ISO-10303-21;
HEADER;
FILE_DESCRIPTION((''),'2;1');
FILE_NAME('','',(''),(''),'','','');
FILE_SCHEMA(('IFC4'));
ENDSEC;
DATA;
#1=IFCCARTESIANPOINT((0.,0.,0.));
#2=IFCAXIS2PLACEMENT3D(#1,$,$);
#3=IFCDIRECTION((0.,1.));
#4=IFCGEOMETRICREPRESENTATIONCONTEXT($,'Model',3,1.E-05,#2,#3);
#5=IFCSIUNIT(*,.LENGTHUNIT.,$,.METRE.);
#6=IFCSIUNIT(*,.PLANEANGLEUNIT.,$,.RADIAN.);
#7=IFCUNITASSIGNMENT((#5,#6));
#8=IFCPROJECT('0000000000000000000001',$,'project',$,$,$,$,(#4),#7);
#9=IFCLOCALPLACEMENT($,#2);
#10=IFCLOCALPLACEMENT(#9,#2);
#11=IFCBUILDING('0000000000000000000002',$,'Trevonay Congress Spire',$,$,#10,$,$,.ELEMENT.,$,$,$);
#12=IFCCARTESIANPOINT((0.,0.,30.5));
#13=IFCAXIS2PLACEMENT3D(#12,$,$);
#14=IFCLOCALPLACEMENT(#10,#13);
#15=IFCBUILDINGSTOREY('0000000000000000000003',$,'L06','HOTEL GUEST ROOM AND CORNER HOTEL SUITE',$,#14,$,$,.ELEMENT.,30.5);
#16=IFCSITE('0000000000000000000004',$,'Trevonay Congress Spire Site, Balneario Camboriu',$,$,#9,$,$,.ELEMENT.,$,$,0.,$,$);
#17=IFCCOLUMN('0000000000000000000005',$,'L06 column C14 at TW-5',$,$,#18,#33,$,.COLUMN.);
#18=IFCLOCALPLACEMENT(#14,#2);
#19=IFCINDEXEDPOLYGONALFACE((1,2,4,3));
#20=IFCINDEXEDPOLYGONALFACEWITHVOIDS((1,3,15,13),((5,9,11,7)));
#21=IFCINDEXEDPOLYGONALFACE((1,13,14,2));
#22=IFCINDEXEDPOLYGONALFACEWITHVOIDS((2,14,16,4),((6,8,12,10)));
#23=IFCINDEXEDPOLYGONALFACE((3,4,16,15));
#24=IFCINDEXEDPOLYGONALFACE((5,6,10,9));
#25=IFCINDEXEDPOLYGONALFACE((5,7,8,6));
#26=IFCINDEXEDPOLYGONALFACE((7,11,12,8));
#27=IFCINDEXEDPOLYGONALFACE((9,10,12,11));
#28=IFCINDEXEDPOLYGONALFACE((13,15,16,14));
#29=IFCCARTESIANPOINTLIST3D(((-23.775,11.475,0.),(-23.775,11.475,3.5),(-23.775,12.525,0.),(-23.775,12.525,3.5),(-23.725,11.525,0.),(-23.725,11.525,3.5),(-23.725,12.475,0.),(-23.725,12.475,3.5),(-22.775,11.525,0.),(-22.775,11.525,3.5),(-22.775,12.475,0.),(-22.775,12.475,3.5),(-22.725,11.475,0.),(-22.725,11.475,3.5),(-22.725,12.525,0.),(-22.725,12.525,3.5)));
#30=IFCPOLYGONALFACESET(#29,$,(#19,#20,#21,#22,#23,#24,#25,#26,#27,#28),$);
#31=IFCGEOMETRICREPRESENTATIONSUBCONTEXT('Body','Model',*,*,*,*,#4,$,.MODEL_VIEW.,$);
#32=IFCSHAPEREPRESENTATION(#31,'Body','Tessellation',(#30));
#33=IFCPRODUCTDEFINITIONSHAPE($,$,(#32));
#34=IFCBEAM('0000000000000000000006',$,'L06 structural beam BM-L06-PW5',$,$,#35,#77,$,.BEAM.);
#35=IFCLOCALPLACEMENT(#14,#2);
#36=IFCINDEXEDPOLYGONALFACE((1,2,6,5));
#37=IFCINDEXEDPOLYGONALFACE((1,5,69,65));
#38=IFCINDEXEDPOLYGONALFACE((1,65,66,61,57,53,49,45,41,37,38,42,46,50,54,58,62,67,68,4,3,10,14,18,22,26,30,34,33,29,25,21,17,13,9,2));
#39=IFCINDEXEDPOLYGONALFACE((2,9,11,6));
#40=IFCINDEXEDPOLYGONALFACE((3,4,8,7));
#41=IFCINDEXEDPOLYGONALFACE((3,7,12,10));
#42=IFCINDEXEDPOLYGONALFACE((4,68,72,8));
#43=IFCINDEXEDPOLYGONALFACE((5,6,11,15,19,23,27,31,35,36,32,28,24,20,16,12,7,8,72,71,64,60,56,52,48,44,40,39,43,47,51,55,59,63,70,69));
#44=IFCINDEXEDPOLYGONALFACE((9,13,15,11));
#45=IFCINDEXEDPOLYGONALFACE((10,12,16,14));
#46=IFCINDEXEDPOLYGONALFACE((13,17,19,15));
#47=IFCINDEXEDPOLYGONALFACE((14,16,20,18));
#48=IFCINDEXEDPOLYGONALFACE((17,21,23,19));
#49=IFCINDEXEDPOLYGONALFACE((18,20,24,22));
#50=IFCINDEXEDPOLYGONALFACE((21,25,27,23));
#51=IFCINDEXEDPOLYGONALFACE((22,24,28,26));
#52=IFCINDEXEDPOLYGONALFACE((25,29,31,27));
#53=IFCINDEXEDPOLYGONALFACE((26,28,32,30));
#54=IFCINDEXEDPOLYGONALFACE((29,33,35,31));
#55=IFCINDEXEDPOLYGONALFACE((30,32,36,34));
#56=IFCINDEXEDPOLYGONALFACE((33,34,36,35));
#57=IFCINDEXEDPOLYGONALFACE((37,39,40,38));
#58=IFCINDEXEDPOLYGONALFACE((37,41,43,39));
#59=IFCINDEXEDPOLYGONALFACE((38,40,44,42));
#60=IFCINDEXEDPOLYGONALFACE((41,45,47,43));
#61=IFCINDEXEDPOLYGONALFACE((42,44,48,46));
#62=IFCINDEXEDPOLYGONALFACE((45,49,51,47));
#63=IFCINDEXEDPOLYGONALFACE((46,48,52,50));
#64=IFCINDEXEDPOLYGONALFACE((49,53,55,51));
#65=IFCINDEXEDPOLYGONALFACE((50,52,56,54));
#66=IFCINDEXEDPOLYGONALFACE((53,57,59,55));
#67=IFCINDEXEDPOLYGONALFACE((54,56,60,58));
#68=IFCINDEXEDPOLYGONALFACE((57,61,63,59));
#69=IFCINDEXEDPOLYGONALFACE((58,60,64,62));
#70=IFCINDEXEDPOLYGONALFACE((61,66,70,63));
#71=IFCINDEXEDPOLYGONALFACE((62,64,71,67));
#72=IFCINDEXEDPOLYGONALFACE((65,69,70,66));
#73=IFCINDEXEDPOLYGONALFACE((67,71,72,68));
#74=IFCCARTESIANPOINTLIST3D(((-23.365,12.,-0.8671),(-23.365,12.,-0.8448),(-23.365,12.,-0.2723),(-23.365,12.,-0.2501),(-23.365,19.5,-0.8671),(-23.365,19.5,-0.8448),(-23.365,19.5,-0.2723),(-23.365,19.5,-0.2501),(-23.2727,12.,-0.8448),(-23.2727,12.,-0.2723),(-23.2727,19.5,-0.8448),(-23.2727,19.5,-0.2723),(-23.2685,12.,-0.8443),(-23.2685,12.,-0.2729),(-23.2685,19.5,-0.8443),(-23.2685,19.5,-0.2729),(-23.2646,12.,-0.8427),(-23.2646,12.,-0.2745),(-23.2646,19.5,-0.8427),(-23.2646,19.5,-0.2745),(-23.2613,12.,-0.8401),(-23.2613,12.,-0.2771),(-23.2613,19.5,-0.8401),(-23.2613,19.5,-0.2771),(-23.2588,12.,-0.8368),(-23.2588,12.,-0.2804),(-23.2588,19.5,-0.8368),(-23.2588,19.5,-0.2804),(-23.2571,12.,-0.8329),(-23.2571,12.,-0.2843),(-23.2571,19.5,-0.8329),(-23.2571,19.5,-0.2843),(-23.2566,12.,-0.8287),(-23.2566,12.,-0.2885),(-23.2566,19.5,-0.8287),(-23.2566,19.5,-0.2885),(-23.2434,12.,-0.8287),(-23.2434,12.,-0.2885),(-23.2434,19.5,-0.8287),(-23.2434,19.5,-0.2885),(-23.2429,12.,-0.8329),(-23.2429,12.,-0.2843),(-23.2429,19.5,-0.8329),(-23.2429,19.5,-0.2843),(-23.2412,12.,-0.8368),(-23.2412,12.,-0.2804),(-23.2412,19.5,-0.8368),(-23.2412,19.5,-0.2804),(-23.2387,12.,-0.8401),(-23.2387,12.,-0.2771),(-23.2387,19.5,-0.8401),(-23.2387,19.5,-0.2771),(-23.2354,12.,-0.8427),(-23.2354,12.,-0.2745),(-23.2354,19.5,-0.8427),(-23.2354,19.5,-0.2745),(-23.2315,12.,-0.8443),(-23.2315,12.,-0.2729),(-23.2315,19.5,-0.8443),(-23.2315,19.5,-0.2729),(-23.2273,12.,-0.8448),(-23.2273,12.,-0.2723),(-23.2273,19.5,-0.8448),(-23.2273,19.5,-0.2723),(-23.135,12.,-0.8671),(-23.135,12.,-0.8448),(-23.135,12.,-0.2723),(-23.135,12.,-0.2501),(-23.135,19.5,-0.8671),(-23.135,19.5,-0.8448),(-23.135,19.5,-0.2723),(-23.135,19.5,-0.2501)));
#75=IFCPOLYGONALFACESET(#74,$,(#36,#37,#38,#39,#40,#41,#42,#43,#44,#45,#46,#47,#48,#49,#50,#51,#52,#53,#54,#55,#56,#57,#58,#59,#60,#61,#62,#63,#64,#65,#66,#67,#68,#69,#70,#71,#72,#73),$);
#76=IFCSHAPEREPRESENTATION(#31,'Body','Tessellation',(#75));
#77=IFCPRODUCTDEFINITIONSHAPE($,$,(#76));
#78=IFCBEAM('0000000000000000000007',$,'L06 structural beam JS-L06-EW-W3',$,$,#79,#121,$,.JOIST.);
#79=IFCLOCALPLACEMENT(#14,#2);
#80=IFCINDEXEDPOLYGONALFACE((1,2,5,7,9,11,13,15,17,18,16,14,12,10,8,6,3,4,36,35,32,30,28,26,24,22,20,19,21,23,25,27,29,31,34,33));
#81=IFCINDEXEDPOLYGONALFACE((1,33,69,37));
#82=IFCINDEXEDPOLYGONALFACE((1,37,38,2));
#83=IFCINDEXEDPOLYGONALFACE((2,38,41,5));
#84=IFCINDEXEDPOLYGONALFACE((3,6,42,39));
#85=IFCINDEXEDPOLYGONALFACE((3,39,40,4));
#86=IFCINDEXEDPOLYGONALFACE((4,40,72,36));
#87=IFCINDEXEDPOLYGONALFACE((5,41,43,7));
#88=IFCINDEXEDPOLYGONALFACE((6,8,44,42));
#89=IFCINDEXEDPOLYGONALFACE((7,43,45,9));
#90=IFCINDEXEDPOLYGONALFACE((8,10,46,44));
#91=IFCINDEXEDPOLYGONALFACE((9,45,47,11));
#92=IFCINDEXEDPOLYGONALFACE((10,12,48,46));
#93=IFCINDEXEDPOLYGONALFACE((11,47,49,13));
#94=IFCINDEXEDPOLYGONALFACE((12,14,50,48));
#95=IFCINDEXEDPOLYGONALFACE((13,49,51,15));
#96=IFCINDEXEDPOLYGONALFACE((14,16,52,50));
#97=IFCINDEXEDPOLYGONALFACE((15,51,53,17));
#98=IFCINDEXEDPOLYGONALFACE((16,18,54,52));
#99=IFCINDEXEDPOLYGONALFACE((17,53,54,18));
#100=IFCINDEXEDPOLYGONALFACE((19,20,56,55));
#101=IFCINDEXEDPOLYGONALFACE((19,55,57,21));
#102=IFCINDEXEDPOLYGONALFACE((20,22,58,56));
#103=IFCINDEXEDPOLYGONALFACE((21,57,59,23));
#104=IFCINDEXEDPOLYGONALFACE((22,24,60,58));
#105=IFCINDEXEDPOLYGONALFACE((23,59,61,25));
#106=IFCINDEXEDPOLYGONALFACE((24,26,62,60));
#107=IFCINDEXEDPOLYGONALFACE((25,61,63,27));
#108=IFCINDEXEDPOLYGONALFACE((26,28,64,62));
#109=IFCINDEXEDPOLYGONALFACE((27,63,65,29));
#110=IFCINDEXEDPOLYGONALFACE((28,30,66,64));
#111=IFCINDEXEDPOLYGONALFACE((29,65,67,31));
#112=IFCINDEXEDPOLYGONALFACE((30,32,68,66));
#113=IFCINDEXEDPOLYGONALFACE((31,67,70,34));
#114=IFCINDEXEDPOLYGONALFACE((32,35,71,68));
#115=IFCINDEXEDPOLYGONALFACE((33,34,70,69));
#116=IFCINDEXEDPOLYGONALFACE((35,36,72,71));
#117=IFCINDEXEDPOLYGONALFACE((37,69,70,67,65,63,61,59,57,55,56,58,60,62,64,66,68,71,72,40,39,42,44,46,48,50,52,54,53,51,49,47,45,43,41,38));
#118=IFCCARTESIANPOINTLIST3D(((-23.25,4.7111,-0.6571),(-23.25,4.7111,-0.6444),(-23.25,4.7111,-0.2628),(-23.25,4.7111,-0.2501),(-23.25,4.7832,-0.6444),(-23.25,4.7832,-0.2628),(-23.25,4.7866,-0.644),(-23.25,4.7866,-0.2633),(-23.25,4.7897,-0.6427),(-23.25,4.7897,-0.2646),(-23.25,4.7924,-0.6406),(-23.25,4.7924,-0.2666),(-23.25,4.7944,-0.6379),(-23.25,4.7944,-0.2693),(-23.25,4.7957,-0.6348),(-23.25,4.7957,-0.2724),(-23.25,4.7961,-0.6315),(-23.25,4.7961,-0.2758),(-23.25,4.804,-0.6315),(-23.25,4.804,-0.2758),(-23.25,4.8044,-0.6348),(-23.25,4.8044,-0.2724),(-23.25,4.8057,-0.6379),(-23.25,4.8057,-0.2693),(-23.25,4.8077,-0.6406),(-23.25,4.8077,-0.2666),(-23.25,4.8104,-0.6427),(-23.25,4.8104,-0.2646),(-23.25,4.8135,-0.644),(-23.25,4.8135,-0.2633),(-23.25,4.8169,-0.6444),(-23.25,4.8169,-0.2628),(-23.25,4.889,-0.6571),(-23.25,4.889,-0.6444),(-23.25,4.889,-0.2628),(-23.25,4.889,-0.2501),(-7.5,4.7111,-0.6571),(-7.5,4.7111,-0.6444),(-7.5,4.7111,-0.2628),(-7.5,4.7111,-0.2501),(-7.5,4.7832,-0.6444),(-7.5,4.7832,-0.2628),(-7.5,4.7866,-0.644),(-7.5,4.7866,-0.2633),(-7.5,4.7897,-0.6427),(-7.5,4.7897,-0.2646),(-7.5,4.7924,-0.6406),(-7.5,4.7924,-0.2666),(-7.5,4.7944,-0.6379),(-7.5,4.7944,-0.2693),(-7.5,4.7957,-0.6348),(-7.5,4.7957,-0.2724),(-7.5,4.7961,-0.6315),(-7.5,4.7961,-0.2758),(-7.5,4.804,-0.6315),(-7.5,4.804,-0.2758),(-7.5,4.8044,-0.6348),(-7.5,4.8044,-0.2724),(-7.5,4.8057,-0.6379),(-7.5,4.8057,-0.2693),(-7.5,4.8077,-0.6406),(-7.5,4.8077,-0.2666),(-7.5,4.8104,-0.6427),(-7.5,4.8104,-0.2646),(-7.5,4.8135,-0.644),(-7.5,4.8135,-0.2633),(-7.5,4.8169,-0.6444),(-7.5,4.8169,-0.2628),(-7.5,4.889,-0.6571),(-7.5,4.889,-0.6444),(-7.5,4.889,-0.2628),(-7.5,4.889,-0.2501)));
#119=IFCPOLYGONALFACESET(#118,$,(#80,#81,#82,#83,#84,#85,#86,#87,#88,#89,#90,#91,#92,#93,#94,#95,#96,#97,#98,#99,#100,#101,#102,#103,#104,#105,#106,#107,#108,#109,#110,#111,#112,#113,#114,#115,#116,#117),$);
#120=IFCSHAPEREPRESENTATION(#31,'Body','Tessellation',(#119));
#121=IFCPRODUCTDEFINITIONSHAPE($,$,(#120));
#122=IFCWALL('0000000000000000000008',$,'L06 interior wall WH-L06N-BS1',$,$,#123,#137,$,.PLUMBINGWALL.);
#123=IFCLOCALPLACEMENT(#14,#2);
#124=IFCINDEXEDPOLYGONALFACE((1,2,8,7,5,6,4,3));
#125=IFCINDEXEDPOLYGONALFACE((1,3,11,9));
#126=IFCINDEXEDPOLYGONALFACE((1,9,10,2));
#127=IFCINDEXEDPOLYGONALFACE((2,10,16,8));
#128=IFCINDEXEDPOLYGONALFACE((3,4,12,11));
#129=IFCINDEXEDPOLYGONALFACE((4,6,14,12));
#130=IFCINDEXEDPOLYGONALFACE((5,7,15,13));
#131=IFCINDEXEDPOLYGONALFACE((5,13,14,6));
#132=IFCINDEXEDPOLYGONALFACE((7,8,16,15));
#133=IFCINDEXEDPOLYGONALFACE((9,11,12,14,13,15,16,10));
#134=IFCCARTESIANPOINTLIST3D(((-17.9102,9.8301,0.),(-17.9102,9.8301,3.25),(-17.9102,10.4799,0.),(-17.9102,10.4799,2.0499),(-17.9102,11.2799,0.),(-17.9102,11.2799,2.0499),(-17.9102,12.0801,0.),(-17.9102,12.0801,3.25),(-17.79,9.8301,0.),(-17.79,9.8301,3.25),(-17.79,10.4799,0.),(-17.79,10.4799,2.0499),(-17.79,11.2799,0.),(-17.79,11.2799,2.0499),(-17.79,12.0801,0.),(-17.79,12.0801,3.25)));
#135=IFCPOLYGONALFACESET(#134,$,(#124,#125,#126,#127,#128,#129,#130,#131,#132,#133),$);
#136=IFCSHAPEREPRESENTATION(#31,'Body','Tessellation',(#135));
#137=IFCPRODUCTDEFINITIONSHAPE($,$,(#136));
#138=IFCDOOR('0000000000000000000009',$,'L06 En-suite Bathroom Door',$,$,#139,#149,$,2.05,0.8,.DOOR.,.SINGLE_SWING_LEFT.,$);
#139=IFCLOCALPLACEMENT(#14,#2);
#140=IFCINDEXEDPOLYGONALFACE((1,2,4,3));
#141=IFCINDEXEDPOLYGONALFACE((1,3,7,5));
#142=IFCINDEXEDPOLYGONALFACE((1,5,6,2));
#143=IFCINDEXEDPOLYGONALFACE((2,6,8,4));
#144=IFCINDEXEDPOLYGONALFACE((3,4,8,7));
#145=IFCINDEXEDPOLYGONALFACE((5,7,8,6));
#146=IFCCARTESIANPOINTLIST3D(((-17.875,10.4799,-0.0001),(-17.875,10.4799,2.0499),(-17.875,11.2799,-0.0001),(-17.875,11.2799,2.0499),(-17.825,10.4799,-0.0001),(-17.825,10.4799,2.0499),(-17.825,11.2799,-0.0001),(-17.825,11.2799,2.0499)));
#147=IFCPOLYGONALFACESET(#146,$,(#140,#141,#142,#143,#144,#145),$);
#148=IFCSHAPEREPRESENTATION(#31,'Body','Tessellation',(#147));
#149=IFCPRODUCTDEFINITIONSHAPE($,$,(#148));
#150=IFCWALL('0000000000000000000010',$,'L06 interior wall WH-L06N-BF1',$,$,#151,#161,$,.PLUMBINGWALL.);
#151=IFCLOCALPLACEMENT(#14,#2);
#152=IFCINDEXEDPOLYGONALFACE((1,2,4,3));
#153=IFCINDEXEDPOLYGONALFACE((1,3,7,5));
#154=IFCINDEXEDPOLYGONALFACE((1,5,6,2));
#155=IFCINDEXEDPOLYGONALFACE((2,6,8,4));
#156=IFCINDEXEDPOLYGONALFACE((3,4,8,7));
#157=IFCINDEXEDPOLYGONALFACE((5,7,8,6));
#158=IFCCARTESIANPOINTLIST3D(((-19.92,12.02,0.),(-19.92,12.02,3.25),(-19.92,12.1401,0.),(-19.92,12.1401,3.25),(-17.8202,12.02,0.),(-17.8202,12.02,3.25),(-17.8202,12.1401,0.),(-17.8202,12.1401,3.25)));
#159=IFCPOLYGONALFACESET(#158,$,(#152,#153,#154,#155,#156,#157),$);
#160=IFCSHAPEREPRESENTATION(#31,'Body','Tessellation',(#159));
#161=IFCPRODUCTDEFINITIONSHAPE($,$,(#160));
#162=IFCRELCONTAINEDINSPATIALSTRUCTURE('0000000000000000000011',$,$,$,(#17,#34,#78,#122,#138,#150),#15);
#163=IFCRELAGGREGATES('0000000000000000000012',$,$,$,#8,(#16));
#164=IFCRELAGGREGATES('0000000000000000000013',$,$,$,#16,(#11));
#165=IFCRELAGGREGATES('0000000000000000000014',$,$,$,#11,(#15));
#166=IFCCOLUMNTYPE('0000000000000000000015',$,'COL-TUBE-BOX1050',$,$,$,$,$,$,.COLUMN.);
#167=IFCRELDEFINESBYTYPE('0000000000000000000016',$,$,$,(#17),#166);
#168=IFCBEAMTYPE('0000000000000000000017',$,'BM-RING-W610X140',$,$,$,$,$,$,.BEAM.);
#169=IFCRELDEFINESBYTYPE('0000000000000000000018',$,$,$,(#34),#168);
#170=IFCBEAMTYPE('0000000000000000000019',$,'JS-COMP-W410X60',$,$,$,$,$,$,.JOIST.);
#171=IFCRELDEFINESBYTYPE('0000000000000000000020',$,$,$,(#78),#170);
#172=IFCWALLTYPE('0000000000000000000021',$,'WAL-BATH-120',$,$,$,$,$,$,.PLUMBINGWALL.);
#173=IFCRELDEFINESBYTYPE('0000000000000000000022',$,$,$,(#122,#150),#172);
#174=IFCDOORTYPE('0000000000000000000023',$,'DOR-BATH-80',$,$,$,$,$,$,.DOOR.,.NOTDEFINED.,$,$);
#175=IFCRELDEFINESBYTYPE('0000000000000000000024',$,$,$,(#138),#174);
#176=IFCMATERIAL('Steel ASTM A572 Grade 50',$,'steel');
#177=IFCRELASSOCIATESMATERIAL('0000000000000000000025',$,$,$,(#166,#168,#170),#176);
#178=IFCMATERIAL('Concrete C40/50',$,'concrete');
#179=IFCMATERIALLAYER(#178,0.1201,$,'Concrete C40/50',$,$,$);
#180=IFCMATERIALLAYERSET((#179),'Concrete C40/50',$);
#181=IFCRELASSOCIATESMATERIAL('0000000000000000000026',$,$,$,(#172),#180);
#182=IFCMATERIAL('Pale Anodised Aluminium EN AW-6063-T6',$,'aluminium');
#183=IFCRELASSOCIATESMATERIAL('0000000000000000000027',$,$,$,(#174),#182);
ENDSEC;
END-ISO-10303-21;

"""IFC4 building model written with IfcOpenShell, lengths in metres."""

from ifc_helpers import new_model, si_unit, direction, frame, frame_2d, origin, origin_2d, place, context, subcontext, project, spatial, rectangle, hollow_rectangle, i_section, extrude, material, layer, layer_set, material_profile, profile_set, type_object, element, fill, save


model = new_model("IFC4")

# Units and contexts
model_context = context("Model", 3, precision=1e-05, world=origin(), true_north=direction((0.0, 1.0)))
body_context = subcontext(model_context, "Body", "Model", "MODEL_VIEW")
ifc_project = project(units=[si_unit("LENGTHUNIT", "METRE"), si_unit("PLANEANGLEUNIT", "RADIAN")], contexts=[model_context])

# Site, building, storey
site_placement = place(None, origin())
site = spatial("IfcSite", under=ifc_project, at=site_placement, Name="Trevonay Congress Spire Site, Balneario Camboriu", CompositionType="ELEMENT", RefElevation=0.0)
building_placement = place(site_placement, origin())
building = spatial("IfcBuilding", under=site, at=building_placement, Name="Trevonay Congress Spire", CompositionType="ELEMENT")
storey_placement = place(building_placement, frame((0.0, 0.0, 30.5)))
storey = spatial("IfcBuildingStorey", under=building, at=storey_placement, Name="L06", Description="HOTEL GUEST ROOM AND CORNER HOTEL SUITE", CompositionType="ELEMENT", Elevation=30.5)

# Column
ifc_material_1 = material(Name="Steel ASTM A572 Grade 50", Category="steel")
ifc_material_profile_1 = material_profile(ifc_material_1, hollow_rectangle(XDim=1.05, YDim=1.05, WallThickness=0.05, at=origin_2d()), Name="BOX 1050x1050x50")
ifc_profile_set_1 = profile_set([ifc_material_profile_1], Name="Steel ASTM A572 Grade 50")
column_type = type_object("IfcColumnType", Name="COL-TUBE-BOX1050", PredefinedType="COLUMN", material=ifc_profile_set_1)
column_placement = place(storey_placement, frame((-23.25, 12.0, 0.0), z_axis=(0.0, 0.0, 1.0), x_axis=(1.0, 0.0, 0.0)))
element("IfcColumn", 1, at=column_placement, inside=storey, type_object=column_type, Name="L06 column C14 at TW-5", PredefinedType="COLUMN", context=body_context, shape_type="SweptSolid", body=[
    extrude(hollow_rectangle(XDim=1.05, YDim=1.05, WallThickness=0.05, at=origin_2d()), origin(), (0.0, 0.0, 1.0), 3.5),
])

# Beams
ifc_material_profile_2 = material_profile(ifc_material_1, i_section(OverallWidth=0.23, OverallDepth=0.6169, WebThickness=0.0132, FlangeThickness=0.0222, FilletRadius=0.0161, at=origin_2d()), Name="W610x140")
ifc_profile_set_2 = profile_set([ifc_material_profile_2], Name="Steel ASTM A572 Grade 50")
beam_type_1 = type_object("IfcBeamType", Name="BM-RING-W610X140", PredefinedType="BEAM", material=ifc_profile_set_2)
beam_1_placement = place(storey_placement, frame((-23.25, 12.0, -0.5586), z_axis=(0.0, 1.0, 0.0), x_axis=(-1.0, 0.0, 0.0)))
element("IfcBeam", 2, at=beam_1_placement, inside=storey, type_object=beam_type_1, Name="L06 structural beam BM-L06-PW5", PredefinedType="BEAM", context=body_context, shape_type="SweptSolid", body=[
    extrude(i_section(OverallWidth=0.23, OverallDepth=0.6169, WebThickness=0.0132, FlangeThickness=0.0222, FilletRadius=0.0161, at=origin_2d()), origin(), (0.0, 0.0, 1.0), 7.5),
])
ifc_material_profile_3 = material_profile(ifc_material_1, i_section(OverallWidth=0.178, OverallDepth=0.407, WebThickness=0.0078, FlangeThickness=0.0127, FilletRadius=0.0129, at=origin_2d()), Name="W410x60")
ifc_profile_set_3 = profile_set([ifc_material_profile_3], Name="Steel ASTM A572 Grade 50")
beam_type_2 = type_object("IfcBeamType", Name="JS-COMP-W410X60", PredefinedType="JOIST", material=ifc_profile_set_3)
beam_2_placement = place(storey_placement, frame((-23.25, 4.8, -0.4536), z_axis=(1.0, 0.0, 0.0), x_axis=(0.0, 1.0, 0.0)))
element("IfcBeam", 3, at=beam_2_placement, inside=storey, type_object=beam_type_2, Name="L06 structural beam JS-L06-EW-W3", PredefinedType="JOIST", context=body_context, shape_type="SweptSolid", body=[
    extrude(i_section(OverallWidth=0.178, OverallDepth=0.407, WebThickness=0.0078, FlangeThickness=0.0127, FilletRadius=0.0129, at=origin_2d()), origin(), (0.0, 0.0, 1.0), 15.75),
])

# Wall, opening, door
ifc_material_2 = material(Name="Concrete C40/50", Category="concrete")
ifc_layer_1 = layer(ifc_material_2, 0.1201, Name="Concrete C40/50")
ifc_layer_set_1 = layer_set([ifc_layer_1], Name="Concrete C40/50")
wall_type_1 = type_object("IfcWallType", Name="WAL-BATH-120", PredefinedType="PLUMBINGWALL", material=ifc_layer_set_1)
wall_1_placement = place(storey_placement, frame((-17.8501, 9.8301, 0.0), z_axis=(0.0, 0.0, 1.0), x_axis=(0.0, 1.0, 0.0)))
wall_1 = element("IfcWall", 4, at=wall_1_placement, inside=storey, type_object=wall_type_1, Name="L06 interior wall WH-L06N-BS1", PredefinedType="PLUMBINGWALL", context=body_context, shape_type="SweptSolid", body=[
    extrude(rectangle(XDim=2.25, YDim=0.1201, at=frame_2d((1.125, 0.0))), origin(), (0.0, 0.0, 1.0), 3.25),
])
opening_1_placement = place(wall_1_placement, frame((0.6499, 0.0, 0.0)))
opening_1 = element("IfcOpeningElement", 5, at=opening_1_placement, cuts=wall_1, PredefinedType="OPENING", context=body_context, shape_type="SweptSolid", body=[
    extrude(rectangle(XDim=0.8, YDim=2.05, at=frame_2d((0.3999, 1.0249))), frame((0.0, 0.0701, 0.0), z_axis=(0.0, -1.0, 0.0), x_axis=(1.0, 0.0, 0.0)), (0.0, 0.0, 1.0), 0.1401),
])
ifc_material_3 = material(Name="Pale Anodised Aluminium EN AW-6063-T6", Category="aluminium")
door_type_1 = type_object("IfcDoorType", Name="DOR-BATH-80", OperationType="NOTDEFINED", PredefinedType="DOOR", material=ifc_material_3)
door_1_placement = place(opening_1_placement, origin())
door_1 = element("IfcDoor", 6, at=door_1_placement, inside=storey, type_object=door_type_1, Name="L06 En-suite Bathroom Door", OperationType="SINGLE_SWING_LEFT", OverallHeight=2.05, OverallWidth=0.8, PredefinedType="DOOR", context=body_context, shape_type="SweptSolid", body=[
    extrude(rectangle(XDim=0.8, YDim=2.05, at=frame_2d((0.3999, 1.0249))), frame((0.0, 0.0249, 0.0), z_axis=(0.0, -1.0, 0.0), x_axis=(1.0, 0.0, 0.0)), (0.0, 0.0, 1.0), 0.05),
])
fill(opening_1, door_1)

# Wall
wall_2_placement = place(storey_placement, frame((-19.9199, 12.0801, 0.0), z_axis=(0.0, 0.0, 1.0), x_axis=(1.0, 0.0, 0.0)))
element("IfcWall", 7, at=wall_2_placement, inside=storey, type_object=wall_type_1, Name="L06 interior wall WH-L06N-BF1", PredefinedType="PLUMBINGWALL", context=body_context, shape_type="SweptSolid", body=[
    extrude(rectangle(XDim=2.0999, YDim=0.1201, at=frame_2d((1.0498, 0.0))), origin(), (0.0, 0.0, 1.0), 3.25),
])

save(model, "model.ifc")
